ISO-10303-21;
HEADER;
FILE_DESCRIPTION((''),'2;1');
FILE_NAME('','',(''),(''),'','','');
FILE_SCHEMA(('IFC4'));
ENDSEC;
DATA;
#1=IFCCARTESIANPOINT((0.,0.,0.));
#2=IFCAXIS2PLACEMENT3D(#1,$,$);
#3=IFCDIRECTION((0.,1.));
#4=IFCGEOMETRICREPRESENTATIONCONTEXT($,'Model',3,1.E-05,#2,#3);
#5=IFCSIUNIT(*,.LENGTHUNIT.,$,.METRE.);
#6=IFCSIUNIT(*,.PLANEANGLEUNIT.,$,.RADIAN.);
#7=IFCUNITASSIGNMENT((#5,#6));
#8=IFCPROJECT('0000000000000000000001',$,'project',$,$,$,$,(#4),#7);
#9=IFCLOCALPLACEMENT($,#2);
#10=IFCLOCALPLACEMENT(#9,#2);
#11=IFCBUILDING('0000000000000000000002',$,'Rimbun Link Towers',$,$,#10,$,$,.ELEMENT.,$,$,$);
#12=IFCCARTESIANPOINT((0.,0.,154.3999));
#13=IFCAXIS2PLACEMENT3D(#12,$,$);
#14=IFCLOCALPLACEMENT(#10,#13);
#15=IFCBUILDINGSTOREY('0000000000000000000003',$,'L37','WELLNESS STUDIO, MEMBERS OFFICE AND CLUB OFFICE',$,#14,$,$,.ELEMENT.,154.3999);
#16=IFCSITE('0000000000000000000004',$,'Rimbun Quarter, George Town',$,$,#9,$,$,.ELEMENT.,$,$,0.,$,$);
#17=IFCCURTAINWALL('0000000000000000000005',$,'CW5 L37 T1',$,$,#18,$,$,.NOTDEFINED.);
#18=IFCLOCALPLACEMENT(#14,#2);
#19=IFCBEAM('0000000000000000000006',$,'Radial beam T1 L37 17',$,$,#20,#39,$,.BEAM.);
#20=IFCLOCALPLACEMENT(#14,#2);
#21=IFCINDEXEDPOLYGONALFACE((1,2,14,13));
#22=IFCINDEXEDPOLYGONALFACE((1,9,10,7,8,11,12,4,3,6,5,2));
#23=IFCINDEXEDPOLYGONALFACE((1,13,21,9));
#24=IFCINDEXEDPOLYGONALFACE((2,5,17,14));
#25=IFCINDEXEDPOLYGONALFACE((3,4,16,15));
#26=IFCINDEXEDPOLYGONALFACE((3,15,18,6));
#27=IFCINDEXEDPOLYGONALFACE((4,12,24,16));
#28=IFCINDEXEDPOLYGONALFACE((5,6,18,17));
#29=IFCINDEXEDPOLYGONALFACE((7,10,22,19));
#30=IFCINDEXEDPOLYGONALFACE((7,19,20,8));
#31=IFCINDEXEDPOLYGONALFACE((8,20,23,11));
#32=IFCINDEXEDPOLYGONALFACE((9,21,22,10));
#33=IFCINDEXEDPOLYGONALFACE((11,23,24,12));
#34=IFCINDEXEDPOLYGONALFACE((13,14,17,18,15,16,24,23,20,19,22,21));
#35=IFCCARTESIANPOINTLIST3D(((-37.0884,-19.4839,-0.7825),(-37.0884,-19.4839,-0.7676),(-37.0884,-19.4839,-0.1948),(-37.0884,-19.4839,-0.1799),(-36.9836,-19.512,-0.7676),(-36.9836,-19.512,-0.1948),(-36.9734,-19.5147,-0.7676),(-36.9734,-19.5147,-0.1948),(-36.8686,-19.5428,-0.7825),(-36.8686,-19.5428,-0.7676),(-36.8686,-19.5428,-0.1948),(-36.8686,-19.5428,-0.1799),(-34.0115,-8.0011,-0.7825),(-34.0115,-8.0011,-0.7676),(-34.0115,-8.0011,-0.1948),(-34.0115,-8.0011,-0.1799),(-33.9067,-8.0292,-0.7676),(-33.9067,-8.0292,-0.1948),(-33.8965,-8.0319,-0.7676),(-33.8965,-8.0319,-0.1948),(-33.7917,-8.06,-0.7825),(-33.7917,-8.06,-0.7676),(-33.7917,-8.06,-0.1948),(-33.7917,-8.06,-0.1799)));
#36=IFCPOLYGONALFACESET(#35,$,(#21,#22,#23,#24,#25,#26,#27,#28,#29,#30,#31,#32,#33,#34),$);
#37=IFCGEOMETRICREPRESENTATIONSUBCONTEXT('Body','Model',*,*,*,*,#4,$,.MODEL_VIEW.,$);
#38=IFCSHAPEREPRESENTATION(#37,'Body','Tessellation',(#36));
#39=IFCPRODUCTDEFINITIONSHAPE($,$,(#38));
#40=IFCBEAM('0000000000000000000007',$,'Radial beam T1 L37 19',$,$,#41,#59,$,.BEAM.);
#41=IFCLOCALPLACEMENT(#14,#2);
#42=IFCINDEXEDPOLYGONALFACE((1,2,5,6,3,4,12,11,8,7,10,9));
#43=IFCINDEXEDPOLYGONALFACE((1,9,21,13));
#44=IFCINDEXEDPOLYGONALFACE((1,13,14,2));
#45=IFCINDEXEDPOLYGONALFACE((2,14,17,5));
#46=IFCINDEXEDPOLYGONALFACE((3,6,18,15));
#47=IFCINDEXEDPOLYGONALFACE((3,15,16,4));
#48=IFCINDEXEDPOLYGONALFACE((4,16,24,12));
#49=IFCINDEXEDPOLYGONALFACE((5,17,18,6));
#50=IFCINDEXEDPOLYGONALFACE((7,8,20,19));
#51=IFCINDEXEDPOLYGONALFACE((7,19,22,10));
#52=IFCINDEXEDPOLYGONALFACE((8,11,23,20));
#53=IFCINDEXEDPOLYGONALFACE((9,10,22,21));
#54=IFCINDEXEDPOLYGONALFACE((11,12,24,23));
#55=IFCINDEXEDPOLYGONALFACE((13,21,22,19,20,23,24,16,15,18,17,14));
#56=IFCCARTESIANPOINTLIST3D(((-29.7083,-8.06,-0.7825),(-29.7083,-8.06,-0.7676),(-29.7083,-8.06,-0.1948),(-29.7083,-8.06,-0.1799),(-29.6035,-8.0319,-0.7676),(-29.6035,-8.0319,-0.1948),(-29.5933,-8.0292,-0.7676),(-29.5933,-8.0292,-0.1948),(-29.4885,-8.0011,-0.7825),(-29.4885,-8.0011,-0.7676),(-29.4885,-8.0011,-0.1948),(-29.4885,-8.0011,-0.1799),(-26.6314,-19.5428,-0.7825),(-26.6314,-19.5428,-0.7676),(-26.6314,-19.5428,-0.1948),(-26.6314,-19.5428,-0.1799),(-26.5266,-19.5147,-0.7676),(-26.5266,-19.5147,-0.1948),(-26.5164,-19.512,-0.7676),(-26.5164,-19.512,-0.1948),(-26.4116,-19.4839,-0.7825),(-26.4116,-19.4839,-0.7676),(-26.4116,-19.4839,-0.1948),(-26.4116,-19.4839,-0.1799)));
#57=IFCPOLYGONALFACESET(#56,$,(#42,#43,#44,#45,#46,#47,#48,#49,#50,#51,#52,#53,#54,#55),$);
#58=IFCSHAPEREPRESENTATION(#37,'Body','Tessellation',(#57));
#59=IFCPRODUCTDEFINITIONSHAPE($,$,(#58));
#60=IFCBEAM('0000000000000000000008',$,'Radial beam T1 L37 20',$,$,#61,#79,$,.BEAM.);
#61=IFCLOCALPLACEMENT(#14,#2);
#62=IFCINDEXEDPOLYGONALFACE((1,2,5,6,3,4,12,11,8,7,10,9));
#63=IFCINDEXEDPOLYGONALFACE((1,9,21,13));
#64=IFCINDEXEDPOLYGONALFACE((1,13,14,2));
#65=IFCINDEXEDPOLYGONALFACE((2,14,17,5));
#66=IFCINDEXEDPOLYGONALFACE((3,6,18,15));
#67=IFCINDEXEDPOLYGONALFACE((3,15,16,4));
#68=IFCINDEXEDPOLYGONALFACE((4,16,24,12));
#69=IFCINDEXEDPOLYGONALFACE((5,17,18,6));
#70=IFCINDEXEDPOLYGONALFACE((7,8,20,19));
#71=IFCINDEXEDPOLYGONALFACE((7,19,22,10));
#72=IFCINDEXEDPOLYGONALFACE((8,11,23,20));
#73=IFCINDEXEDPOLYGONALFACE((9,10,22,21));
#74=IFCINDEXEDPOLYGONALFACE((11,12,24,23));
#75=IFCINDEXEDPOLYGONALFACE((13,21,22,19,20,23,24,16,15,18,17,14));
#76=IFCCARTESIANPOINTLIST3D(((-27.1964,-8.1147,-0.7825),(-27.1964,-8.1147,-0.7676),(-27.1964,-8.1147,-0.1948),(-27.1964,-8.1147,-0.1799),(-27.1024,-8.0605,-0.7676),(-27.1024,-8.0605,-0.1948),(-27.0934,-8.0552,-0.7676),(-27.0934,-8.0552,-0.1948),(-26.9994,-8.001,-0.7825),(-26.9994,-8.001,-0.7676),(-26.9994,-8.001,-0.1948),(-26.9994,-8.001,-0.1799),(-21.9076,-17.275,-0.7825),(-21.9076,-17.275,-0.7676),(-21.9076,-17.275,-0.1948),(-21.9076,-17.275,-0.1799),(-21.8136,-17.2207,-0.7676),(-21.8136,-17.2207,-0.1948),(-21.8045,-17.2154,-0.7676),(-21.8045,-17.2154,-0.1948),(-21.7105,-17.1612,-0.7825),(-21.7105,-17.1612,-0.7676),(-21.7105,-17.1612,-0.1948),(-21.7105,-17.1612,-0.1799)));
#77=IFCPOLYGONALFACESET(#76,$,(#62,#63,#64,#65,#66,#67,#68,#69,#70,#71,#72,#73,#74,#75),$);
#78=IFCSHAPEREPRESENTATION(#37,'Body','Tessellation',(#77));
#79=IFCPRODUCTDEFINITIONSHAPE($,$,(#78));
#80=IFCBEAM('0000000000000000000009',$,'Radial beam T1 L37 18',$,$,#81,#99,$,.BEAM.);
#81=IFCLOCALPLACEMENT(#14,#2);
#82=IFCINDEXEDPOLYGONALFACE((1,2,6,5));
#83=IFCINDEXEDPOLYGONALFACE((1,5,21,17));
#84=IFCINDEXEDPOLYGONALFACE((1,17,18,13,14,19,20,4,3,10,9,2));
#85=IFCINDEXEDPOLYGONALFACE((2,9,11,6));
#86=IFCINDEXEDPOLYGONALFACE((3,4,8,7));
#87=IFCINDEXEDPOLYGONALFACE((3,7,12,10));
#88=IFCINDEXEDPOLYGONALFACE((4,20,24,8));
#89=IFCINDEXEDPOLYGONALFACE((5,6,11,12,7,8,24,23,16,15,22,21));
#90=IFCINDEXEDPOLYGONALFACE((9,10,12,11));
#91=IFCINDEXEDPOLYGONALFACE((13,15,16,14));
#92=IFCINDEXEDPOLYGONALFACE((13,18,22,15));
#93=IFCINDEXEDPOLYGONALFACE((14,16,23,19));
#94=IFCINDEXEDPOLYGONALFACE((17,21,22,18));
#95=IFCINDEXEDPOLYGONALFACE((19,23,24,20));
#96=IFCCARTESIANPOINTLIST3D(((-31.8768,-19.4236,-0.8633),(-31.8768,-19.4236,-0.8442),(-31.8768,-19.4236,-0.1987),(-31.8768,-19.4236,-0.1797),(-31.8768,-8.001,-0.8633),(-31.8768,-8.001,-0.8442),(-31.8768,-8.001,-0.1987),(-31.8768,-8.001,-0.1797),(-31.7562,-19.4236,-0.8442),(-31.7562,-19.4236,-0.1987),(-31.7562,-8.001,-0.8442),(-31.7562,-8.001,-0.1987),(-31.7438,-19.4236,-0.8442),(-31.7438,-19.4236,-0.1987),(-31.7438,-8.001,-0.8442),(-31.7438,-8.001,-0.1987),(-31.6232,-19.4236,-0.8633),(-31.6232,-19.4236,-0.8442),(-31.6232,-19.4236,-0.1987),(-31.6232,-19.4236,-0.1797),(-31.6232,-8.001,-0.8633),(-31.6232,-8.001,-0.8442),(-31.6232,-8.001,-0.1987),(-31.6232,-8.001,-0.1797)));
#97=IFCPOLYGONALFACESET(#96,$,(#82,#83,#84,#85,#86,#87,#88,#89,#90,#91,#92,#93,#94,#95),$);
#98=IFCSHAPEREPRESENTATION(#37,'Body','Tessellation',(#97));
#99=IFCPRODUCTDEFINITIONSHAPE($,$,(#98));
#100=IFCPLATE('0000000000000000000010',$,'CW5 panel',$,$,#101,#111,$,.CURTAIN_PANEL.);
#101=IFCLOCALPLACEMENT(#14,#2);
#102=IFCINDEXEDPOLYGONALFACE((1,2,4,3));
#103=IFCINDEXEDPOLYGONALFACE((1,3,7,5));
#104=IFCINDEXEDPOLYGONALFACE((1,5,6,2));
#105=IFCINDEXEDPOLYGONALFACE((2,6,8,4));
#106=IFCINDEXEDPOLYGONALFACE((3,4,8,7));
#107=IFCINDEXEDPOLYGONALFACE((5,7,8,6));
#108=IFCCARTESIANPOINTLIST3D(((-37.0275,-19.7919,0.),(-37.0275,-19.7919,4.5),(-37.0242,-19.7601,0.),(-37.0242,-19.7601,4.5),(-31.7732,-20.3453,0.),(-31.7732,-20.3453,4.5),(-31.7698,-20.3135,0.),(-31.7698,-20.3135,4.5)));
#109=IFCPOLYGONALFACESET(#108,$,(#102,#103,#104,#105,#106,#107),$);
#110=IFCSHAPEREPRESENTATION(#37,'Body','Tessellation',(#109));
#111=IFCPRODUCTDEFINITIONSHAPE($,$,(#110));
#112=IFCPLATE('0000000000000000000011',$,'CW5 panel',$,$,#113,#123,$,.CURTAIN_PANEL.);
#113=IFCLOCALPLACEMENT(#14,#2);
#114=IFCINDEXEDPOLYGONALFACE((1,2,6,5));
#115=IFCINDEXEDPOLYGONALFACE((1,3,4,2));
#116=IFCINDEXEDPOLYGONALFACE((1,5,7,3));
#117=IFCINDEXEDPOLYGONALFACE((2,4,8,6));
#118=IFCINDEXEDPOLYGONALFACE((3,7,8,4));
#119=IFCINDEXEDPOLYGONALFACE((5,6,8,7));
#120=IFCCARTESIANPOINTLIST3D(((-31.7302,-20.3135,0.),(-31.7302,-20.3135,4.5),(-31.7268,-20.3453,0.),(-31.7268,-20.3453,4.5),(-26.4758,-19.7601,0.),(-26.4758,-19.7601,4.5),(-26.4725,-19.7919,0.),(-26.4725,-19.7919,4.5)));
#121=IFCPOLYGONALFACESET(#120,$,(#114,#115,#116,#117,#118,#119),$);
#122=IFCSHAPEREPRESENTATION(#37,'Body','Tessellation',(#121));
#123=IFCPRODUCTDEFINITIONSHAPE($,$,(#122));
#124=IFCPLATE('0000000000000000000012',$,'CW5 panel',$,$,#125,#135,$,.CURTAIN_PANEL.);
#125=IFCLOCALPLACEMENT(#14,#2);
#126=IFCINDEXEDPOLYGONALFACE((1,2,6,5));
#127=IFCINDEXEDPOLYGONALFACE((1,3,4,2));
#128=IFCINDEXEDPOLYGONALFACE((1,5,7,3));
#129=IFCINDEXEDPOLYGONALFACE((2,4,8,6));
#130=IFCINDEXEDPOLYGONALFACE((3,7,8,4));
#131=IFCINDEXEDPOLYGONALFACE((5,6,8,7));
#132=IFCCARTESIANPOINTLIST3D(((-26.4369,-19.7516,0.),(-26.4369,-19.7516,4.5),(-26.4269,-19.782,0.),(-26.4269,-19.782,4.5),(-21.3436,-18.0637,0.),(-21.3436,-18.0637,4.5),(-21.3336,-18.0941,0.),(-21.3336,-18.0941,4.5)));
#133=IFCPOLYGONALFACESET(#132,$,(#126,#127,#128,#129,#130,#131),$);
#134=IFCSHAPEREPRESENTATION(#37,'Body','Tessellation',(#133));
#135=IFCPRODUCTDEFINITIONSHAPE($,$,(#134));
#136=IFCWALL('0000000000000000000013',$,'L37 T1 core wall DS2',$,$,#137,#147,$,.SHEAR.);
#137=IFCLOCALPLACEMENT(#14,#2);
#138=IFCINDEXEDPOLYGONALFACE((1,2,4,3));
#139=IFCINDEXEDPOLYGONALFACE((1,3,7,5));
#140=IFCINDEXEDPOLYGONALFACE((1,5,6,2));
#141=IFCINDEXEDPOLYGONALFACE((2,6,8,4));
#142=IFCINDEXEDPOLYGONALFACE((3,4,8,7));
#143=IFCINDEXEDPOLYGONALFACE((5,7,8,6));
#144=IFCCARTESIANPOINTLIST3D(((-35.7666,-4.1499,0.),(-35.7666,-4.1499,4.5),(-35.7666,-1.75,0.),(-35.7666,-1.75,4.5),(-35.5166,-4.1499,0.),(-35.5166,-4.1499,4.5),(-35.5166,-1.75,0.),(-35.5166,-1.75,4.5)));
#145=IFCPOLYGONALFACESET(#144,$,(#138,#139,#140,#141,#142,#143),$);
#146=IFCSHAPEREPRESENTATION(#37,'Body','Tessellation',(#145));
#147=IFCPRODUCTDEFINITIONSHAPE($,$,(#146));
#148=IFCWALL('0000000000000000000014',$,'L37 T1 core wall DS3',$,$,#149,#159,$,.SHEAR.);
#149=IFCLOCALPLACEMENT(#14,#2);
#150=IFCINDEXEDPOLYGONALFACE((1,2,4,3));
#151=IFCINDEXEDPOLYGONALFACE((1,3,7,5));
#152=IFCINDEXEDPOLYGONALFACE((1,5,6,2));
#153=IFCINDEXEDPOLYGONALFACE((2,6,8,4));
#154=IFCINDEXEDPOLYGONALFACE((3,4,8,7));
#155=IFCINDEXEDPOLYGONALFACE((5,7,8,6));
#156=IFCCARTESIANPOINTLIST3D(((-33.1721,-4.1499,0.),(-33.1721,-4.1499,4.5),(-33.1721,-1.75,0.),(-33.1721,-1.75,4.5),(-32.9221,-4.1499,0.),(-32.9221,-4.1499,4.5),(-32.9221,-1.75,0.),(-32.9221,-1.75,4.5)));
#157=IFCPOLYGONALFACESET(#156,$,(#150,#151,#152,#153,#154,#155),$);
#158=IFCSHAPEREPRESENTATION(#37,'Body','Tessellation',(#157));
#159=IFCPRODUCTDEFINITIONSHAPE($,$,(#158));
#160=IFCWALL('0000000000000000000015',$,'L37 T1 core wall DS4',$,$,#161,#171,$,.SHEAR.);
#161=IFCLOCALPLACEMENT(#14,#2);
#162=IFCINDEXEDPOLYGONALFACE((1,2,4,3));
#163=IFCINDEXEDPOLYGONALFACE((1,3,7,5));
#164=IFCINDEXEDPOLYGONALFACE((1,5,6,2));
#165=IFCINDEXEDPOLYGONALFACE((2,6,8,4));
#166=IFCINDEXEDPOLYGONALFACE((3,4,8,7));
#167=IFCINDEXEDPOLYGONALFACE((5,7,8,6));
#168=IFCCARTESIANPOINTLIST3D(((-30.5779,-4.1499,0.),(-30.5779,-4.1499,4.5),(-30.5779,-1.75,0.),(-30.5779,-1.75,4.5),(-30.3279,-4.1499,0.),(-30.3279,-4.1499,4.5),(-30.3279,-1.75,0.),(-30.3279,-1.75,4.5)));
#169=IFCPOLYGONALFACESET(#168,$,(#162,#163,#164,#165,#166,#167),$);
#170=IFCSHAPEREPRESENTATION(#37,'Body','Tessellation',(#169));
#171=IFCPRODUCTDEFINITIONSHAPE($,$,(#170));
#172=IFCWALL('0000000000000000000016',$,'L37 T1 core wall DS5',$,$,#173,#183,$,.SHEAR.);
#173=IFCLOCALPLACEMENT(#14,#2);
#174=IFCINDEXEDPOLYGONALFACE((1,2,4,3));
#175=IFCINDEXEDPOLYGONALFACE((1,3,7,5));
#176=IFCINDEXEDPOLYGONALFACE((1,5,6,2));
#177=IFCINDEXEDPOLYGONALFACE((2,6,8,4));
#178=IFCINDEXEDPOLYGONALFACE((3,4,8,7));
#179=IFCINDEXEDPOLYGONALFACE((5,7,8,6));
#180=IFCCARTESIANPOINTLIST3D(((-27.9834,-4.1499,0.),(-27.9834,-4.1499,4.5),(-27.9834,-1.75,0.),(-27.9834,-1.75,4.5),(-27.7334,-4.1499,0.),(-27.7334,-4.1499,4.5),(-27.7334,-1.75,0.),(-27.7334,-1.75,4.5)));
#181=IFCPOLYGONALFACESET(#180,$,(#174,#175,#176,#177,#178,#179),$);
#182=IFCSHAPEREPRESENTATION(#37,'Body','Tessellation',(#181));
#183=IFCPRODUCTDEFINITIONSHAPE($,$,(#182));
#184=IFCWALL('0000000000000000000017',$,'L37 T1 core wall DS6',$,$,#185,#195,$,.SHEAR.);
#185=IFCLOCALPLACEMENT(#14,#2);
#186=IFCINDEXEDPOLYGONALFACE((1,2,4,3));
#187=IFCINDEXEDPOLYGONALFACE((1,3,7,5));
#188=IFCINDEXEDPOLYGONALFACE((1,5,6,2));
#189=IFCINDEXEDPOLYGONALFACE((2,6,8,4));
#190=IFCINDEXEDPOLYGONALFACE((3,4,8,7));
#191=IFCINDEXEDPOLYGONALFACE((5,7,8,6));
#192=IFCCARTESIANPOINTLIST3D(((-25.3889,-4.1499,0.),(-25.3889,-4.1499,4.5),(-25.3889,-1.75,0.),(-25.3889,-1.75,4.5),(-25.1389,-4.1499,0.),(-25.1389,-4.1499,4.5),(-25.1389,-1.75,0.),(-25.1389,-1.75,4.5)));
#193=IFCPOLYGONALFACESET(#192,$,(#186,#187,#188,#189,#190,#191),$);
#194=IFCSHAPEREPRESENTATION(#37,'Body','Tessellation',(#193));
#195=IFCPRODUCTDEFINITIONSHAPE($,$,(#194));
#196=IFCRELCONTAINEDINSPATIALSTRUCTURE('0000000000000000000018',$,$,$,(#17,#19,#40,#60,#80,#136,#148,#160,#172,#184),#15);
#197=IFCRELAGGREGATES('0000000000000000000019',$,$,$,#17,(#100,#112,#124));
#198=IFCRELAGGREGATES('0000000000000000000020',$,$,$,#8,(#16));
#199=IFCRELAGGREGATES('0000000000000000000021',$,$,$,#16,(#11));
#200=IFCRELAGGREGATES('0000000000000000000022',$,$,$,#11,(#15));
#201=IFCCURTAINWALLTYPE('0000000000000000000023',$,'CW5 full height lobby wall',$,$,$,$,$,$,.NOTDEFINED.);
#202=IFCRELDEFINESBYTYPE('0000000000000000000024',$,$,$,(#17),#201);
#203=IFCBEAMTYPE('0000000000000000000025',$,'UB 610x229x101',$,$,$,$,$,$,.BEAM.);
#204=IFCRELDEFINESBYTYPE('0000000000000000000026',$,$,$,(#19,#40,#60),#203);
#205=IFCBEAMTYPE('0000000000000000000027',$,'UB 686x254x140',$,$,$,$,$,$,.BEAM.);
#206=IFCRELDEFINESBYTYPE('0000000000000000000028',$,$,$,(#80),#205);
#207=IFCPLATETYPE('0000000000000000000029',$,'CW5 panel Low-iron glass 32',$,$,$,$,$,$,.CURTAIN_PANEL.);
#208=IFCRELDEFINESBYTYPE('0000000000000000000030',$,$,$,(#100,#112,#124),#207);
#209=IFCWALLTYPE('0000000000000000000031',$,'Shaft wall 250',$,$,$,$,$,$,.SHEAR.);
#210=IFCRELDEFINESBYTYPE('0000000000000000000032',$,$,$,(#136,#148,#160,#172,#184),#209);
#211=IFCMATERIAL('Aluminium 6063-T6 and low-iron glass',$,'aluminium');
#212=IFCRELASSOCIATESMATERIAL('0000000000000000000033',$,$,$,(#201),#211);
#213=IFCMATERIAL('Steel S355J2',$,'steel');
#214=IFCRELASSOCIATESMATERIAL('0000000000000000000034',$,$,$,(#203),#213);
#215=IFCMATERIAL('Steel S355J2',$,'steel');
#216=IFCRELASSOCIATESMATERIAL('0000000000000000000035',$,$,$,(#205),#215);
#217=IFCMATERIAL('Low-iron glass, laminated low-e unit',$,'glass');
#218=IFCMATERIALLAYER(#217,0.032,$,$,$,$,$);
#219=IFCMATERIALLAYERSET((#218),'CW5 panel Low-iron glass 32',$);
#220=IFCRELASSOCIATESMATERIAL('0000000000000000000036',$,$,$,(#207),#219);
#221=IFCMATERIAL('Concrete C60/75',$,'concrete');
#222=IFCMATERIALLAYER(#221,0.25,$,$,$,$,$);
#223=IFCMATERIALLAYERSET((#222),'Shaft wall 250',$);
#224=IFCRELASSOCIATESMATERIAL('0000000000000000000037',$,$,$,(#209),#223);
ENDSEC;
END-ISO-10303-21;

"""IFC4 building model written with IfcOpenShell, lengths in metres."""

from ifc_helpers import new_model, si_unit, direction, frame, frame_2d, origin, origin_2d, place, context, subcontext, project, spatial, rectangle, i_section, extrude, material, layer, layer_set, material_profile, profile_set, type_object, element, aggregate, save


model = new_model("IFC4")

# Units and contexts
model_context = context("Model", 3, precision=1e-05, world=origin(), true_north=direction((0.0, 1.0)))
body_context = subcontext(model_context, "Body", "Model", "MODEL_VIEW")
ifc_project = project(units=[si_unit("LENGTHUNIT", "METRE"), si_unit("PLANEANGLEUNIT", "RADIAN")], contexts=[model_context])

# Site, building, storey
site_placement = place(None, origin())
site = spatial("IfcSite", under=ifc_project, at=site_placement, Name="Rimbun Quarter, George Town", CompositionType="ELEMENT", RefElevation=0.0)
building_placement = place(site_placement, origin())
building = spatial("IfcBuilding", under=site, at=building_placement, Name="Rimbun Link Towers", CompositionType="ELEMENT")
storey_placement = place(building_placement, frame((0.0, 0.0, 154.3999)))
storey = spatial("IfcBuildingStorey", under=building, at=storey_placement, Name="L37", Description="WELLNESS STUDIO, MEMBERS OFFICE AND CLUB OFFICE", CompositionType="ELEMENT", Elevation=154.3999)

# Curtain wall
ifc_material_1 = material(Name="Aluminium 6063-T6 and low-iron glass", Category="aluminium")
curtain_wall_type = type_object("IfcCurtainWallType", Name="CW5 full height lobby wall", PredefinedType="NOTDEFINED", material=ifc_material_1)
curtain_wall_placement = place(storey_placement, origin())
curtain_wall = element("IfcCurtainWall", 1, at=curtain_wall_placement, inside=storey, type_object=curtain_wall_type, Name="CW5 L37 T1", PredefinedType="NOTDEFINED")

# Beams
ifc_material_2 = material(Name="Steel S355J2", Category="steel")
ifc_material_profile_1 = material_profile(ifc_material_2, i_section(OverallWidth=0.2275, OverallDepth=0.6025, WebThickness=0.0105, FlangeThickness=0.0149, at=origin_2d()), Name="UB 610x229x101")
ifc_profile_set_1 = profile_set([ifc_material_profile_1], Name="Steel S355J2")
beam_type_1 = type_object("IfcBeamType", Name="UB 610x229x101", PredefinedType="BEAM", material=ifc_profile_set_1)
for number, where, z_axis, x_axis, name in (
    (2, (-33.9016, -8.0305, -0.4812), (-0.258824, -0.965924, 0.0), (0.965924, -0.258824, 0.0), "Radial beam T1 L37 17"),
    (3, (-29.5984, -8.0305, -0.4812), (0.258824, -0.965924, 0.0), (0.965924, 0.258824, 0.0), "Radial beam T1 L37 19"),
):
    element("IfcBeam", number, at=place(storey_placement, frame(where, z_axis=z_axis, x_axis=x_axis)), inside=storey, type_object=beam_type_1, Name=name, PredefinedType="BEAM", context=body_context, shape_type="SweptSolid", body=[
        extrude(i_section(OverallWidth=0.2275, OverallDepth=0.6025, WebThickness=0.0105, FlangeThickness=0.0149, at=origin_2d()), origin(), (0.0, 0.0, 1.0), 11.8879),
    ])
beam_1_placement = place(storey_placement, frame((-27.0979, -8.0579, -0.4812), z_axis=(0.500014, -0.866017, 0.0), x_axis=(0.866017, 0.500014, 0.0)))
element("IfcBeam", 4, at=beam_1_placement, inside=storey, type_object=beam_type_1, Name="Radial beam T1 L37 20", PredefinedType="BEAM", context=body_context, shape_type="SweptSolid", body=[
    extrude(i_section(OverallWidth=0.2275, OverallDepth=0.6025, WebThickness=0.0105, FlangeThickness=0.0149, at=origin_2d()), origin(), (0.0, 0.0, 1.0), 10.5774),
])
ifc_material_3 = material(Name="Steel S355J2", Category="steel")
ifc_material_profile_2 = material_profile(ifc_material_3, i_section(OverallWidth=0.2537, OverallDepth=0.6836, WebThickness=0.0125, FlangeThickness=0.019, at=origin_2d()), Name="UB 686x254x140")
ifc_profile_set_2 = profile_set([ifc_material_profile_2], Name="Steel S355J2")
beam_type_2 = type_object("IfcBeamType", Name="UB 686x254x140", PredefinedType="BEAM", material=ifc_profile_set_2)
beam_2_placement = place(storey_placement, frame((-31.75, -8.001, -0.5215), z_axis=(0.0, -1.0, 0.0), x_axis=(1.0, 0.0, 0.0)))
element("IfcBeam", 5, at=beam_2_placement, inside=storey, type_object=beam_type_2, Name="Radial beam T1 L37 18", PredefinedType="BEAM", context=body_context, shape_type="SweptSolid", body=[
    extrude(i_section(OverallWidth=0.2537, OverallDepth=0.6836, WebThickness=0.0125, FlangeThickness=0.019, at=origin_2d()), origin(), (0.0, 0.0, 1.0), 11.4226),
])

# Plates
ifc_material_4 = material(Name="Low-iron glass, laminated low-e unit", Category="glass")
ifc_layer_1 = layer(ifc_material_4, 0.032)
ifc_layer_set_1 = layer_set([ifc_layer_1], Name="CW5 panel Low-iron glass 32")
plate_type = type_object("IfcPlateType", Name="CW5 panel Low-iron glass 32", PredefinedType="CURTAIN_PANEL", material=ifc_layer_set_1)
plate_1_placement = place(storey_placement, frame((-34.3987, -20.0527, 0.0), z_axis=(0.0, 0.0, 1.0), x_axis=(-0.994499, 0.104745, 0.0)))
plate_1 = element("IfcPlate", 6, at=plate_1_placement, type_object=plate_type, Name="CW5 panel", PredefinedType="CURTAIN_PANEL", context=body_context, shape_type="SweptSolid", body=[
    extrude(rectangle(XDim=5.2834, YDim=0.032, at=origin_2d()), origin(), (0.0, 0.0, 1.0), 4.5),
])
plate_2_placement = place(storey_placement, frame((-29.1013, -20.0527, 0.0), z_axis=(0.0, 0.0, 1.0), x_axis=(-0.994499, -0.104745, 0.0)))
plate_2 = element("IfcPlate", 7, at=plate_2_placement, type_object=plate_type, Name="CW5 panel", PredefinedType="CURTAIN_PANEL", context=body_context, shape_type="SweptSolid", body=[
    extrude(rectangle(XDim=5.2834, YDim=0.032, at=origin_2d()), origin(), (0.0, 0.0, 1.0), 4.5),
])
plate_3_placement = place(storey_placement, frame((-23.8853, -18.9229, 0.0), z_axis=(0.0, 0.0, 1.0), x_axis=(-0.949235, -0.314568, 0.0)))
plate_3 = element("IfcPlate", 8, at=plate_3_placement, type_object=plate_type, Name="CW5 panel", PredefinedType="CURTAIN_PANEL", context=body_context, shape_type="SweptSolid", body=[
    extrude(rectangle(XDim=5.3657, YDim=0.032, at=origin_2d()), origin(), (0.0, 0.0, 1.0), 4.5),
])
aggregate(curtain_wall, [plate_1, plate_2, plate_3])

# Walls
ifc_material_5 = material(Name="Concrete C60/75", Category="concrete")
ifc_layer_2 = layer(ifc_material_5, 0.25)
ifc_layer_set_2 = layer_set([ifc_layer_2], Name="Shaft wall 250")
wall_type = type_object("IfcWallType", Name="Shaft wall 250", PredefinedType="SHEAR", material=ifc_layer_set_2)
for number, where, z_axis, x_axis, name in (
    (9, (-35.6416, -4.1499, 0.0), (0.0, 0.0, 1.0), (0.0, 1.0, 0.0), "L37 T1 core wall DS2"),
    (10, (-33.0471, -4.1499, 0.0), (0.0, 0.0, 1.0), (0.0, 1.0, 0.0), "L37 T1 core wall DS3"),
    (11, (-30.4529, -4.1499, 0.0), (0.0, 0.0, 1.0), (0.0, 1.0, 0.0), "L37 T1 core wall DS4"),
    (12, (-27.8584, -4.1499, 0.0), (0.0, 0.0, 1.0), (0.0, 1.0, 0.0), "L37 T1 core wall DS5"),
    (13, (-25.2639, -4.1499, 0.0), (0.0, 0.0, 1.0), (0.0, 1.0, 0.0), "L37 T1 core wall DS6"),
):
    element("IfcWall", number, at=place(storey_placement, frame(where, z_axis=z_axis, x_axis=x_axis)), inside=storey, type_object=wall_type, Name=name, PredefinedType="SHEAR", context=body_context, shape_type="SweptSolid", body=[
        extrude(rectangle(XDim=2.3999, YDim=0.25, at=frame_2d((1.2, 0.0))), origin(), (0.0, 0.0, 1.0), 4.5),
    ])

save(model, "model.ifc")
